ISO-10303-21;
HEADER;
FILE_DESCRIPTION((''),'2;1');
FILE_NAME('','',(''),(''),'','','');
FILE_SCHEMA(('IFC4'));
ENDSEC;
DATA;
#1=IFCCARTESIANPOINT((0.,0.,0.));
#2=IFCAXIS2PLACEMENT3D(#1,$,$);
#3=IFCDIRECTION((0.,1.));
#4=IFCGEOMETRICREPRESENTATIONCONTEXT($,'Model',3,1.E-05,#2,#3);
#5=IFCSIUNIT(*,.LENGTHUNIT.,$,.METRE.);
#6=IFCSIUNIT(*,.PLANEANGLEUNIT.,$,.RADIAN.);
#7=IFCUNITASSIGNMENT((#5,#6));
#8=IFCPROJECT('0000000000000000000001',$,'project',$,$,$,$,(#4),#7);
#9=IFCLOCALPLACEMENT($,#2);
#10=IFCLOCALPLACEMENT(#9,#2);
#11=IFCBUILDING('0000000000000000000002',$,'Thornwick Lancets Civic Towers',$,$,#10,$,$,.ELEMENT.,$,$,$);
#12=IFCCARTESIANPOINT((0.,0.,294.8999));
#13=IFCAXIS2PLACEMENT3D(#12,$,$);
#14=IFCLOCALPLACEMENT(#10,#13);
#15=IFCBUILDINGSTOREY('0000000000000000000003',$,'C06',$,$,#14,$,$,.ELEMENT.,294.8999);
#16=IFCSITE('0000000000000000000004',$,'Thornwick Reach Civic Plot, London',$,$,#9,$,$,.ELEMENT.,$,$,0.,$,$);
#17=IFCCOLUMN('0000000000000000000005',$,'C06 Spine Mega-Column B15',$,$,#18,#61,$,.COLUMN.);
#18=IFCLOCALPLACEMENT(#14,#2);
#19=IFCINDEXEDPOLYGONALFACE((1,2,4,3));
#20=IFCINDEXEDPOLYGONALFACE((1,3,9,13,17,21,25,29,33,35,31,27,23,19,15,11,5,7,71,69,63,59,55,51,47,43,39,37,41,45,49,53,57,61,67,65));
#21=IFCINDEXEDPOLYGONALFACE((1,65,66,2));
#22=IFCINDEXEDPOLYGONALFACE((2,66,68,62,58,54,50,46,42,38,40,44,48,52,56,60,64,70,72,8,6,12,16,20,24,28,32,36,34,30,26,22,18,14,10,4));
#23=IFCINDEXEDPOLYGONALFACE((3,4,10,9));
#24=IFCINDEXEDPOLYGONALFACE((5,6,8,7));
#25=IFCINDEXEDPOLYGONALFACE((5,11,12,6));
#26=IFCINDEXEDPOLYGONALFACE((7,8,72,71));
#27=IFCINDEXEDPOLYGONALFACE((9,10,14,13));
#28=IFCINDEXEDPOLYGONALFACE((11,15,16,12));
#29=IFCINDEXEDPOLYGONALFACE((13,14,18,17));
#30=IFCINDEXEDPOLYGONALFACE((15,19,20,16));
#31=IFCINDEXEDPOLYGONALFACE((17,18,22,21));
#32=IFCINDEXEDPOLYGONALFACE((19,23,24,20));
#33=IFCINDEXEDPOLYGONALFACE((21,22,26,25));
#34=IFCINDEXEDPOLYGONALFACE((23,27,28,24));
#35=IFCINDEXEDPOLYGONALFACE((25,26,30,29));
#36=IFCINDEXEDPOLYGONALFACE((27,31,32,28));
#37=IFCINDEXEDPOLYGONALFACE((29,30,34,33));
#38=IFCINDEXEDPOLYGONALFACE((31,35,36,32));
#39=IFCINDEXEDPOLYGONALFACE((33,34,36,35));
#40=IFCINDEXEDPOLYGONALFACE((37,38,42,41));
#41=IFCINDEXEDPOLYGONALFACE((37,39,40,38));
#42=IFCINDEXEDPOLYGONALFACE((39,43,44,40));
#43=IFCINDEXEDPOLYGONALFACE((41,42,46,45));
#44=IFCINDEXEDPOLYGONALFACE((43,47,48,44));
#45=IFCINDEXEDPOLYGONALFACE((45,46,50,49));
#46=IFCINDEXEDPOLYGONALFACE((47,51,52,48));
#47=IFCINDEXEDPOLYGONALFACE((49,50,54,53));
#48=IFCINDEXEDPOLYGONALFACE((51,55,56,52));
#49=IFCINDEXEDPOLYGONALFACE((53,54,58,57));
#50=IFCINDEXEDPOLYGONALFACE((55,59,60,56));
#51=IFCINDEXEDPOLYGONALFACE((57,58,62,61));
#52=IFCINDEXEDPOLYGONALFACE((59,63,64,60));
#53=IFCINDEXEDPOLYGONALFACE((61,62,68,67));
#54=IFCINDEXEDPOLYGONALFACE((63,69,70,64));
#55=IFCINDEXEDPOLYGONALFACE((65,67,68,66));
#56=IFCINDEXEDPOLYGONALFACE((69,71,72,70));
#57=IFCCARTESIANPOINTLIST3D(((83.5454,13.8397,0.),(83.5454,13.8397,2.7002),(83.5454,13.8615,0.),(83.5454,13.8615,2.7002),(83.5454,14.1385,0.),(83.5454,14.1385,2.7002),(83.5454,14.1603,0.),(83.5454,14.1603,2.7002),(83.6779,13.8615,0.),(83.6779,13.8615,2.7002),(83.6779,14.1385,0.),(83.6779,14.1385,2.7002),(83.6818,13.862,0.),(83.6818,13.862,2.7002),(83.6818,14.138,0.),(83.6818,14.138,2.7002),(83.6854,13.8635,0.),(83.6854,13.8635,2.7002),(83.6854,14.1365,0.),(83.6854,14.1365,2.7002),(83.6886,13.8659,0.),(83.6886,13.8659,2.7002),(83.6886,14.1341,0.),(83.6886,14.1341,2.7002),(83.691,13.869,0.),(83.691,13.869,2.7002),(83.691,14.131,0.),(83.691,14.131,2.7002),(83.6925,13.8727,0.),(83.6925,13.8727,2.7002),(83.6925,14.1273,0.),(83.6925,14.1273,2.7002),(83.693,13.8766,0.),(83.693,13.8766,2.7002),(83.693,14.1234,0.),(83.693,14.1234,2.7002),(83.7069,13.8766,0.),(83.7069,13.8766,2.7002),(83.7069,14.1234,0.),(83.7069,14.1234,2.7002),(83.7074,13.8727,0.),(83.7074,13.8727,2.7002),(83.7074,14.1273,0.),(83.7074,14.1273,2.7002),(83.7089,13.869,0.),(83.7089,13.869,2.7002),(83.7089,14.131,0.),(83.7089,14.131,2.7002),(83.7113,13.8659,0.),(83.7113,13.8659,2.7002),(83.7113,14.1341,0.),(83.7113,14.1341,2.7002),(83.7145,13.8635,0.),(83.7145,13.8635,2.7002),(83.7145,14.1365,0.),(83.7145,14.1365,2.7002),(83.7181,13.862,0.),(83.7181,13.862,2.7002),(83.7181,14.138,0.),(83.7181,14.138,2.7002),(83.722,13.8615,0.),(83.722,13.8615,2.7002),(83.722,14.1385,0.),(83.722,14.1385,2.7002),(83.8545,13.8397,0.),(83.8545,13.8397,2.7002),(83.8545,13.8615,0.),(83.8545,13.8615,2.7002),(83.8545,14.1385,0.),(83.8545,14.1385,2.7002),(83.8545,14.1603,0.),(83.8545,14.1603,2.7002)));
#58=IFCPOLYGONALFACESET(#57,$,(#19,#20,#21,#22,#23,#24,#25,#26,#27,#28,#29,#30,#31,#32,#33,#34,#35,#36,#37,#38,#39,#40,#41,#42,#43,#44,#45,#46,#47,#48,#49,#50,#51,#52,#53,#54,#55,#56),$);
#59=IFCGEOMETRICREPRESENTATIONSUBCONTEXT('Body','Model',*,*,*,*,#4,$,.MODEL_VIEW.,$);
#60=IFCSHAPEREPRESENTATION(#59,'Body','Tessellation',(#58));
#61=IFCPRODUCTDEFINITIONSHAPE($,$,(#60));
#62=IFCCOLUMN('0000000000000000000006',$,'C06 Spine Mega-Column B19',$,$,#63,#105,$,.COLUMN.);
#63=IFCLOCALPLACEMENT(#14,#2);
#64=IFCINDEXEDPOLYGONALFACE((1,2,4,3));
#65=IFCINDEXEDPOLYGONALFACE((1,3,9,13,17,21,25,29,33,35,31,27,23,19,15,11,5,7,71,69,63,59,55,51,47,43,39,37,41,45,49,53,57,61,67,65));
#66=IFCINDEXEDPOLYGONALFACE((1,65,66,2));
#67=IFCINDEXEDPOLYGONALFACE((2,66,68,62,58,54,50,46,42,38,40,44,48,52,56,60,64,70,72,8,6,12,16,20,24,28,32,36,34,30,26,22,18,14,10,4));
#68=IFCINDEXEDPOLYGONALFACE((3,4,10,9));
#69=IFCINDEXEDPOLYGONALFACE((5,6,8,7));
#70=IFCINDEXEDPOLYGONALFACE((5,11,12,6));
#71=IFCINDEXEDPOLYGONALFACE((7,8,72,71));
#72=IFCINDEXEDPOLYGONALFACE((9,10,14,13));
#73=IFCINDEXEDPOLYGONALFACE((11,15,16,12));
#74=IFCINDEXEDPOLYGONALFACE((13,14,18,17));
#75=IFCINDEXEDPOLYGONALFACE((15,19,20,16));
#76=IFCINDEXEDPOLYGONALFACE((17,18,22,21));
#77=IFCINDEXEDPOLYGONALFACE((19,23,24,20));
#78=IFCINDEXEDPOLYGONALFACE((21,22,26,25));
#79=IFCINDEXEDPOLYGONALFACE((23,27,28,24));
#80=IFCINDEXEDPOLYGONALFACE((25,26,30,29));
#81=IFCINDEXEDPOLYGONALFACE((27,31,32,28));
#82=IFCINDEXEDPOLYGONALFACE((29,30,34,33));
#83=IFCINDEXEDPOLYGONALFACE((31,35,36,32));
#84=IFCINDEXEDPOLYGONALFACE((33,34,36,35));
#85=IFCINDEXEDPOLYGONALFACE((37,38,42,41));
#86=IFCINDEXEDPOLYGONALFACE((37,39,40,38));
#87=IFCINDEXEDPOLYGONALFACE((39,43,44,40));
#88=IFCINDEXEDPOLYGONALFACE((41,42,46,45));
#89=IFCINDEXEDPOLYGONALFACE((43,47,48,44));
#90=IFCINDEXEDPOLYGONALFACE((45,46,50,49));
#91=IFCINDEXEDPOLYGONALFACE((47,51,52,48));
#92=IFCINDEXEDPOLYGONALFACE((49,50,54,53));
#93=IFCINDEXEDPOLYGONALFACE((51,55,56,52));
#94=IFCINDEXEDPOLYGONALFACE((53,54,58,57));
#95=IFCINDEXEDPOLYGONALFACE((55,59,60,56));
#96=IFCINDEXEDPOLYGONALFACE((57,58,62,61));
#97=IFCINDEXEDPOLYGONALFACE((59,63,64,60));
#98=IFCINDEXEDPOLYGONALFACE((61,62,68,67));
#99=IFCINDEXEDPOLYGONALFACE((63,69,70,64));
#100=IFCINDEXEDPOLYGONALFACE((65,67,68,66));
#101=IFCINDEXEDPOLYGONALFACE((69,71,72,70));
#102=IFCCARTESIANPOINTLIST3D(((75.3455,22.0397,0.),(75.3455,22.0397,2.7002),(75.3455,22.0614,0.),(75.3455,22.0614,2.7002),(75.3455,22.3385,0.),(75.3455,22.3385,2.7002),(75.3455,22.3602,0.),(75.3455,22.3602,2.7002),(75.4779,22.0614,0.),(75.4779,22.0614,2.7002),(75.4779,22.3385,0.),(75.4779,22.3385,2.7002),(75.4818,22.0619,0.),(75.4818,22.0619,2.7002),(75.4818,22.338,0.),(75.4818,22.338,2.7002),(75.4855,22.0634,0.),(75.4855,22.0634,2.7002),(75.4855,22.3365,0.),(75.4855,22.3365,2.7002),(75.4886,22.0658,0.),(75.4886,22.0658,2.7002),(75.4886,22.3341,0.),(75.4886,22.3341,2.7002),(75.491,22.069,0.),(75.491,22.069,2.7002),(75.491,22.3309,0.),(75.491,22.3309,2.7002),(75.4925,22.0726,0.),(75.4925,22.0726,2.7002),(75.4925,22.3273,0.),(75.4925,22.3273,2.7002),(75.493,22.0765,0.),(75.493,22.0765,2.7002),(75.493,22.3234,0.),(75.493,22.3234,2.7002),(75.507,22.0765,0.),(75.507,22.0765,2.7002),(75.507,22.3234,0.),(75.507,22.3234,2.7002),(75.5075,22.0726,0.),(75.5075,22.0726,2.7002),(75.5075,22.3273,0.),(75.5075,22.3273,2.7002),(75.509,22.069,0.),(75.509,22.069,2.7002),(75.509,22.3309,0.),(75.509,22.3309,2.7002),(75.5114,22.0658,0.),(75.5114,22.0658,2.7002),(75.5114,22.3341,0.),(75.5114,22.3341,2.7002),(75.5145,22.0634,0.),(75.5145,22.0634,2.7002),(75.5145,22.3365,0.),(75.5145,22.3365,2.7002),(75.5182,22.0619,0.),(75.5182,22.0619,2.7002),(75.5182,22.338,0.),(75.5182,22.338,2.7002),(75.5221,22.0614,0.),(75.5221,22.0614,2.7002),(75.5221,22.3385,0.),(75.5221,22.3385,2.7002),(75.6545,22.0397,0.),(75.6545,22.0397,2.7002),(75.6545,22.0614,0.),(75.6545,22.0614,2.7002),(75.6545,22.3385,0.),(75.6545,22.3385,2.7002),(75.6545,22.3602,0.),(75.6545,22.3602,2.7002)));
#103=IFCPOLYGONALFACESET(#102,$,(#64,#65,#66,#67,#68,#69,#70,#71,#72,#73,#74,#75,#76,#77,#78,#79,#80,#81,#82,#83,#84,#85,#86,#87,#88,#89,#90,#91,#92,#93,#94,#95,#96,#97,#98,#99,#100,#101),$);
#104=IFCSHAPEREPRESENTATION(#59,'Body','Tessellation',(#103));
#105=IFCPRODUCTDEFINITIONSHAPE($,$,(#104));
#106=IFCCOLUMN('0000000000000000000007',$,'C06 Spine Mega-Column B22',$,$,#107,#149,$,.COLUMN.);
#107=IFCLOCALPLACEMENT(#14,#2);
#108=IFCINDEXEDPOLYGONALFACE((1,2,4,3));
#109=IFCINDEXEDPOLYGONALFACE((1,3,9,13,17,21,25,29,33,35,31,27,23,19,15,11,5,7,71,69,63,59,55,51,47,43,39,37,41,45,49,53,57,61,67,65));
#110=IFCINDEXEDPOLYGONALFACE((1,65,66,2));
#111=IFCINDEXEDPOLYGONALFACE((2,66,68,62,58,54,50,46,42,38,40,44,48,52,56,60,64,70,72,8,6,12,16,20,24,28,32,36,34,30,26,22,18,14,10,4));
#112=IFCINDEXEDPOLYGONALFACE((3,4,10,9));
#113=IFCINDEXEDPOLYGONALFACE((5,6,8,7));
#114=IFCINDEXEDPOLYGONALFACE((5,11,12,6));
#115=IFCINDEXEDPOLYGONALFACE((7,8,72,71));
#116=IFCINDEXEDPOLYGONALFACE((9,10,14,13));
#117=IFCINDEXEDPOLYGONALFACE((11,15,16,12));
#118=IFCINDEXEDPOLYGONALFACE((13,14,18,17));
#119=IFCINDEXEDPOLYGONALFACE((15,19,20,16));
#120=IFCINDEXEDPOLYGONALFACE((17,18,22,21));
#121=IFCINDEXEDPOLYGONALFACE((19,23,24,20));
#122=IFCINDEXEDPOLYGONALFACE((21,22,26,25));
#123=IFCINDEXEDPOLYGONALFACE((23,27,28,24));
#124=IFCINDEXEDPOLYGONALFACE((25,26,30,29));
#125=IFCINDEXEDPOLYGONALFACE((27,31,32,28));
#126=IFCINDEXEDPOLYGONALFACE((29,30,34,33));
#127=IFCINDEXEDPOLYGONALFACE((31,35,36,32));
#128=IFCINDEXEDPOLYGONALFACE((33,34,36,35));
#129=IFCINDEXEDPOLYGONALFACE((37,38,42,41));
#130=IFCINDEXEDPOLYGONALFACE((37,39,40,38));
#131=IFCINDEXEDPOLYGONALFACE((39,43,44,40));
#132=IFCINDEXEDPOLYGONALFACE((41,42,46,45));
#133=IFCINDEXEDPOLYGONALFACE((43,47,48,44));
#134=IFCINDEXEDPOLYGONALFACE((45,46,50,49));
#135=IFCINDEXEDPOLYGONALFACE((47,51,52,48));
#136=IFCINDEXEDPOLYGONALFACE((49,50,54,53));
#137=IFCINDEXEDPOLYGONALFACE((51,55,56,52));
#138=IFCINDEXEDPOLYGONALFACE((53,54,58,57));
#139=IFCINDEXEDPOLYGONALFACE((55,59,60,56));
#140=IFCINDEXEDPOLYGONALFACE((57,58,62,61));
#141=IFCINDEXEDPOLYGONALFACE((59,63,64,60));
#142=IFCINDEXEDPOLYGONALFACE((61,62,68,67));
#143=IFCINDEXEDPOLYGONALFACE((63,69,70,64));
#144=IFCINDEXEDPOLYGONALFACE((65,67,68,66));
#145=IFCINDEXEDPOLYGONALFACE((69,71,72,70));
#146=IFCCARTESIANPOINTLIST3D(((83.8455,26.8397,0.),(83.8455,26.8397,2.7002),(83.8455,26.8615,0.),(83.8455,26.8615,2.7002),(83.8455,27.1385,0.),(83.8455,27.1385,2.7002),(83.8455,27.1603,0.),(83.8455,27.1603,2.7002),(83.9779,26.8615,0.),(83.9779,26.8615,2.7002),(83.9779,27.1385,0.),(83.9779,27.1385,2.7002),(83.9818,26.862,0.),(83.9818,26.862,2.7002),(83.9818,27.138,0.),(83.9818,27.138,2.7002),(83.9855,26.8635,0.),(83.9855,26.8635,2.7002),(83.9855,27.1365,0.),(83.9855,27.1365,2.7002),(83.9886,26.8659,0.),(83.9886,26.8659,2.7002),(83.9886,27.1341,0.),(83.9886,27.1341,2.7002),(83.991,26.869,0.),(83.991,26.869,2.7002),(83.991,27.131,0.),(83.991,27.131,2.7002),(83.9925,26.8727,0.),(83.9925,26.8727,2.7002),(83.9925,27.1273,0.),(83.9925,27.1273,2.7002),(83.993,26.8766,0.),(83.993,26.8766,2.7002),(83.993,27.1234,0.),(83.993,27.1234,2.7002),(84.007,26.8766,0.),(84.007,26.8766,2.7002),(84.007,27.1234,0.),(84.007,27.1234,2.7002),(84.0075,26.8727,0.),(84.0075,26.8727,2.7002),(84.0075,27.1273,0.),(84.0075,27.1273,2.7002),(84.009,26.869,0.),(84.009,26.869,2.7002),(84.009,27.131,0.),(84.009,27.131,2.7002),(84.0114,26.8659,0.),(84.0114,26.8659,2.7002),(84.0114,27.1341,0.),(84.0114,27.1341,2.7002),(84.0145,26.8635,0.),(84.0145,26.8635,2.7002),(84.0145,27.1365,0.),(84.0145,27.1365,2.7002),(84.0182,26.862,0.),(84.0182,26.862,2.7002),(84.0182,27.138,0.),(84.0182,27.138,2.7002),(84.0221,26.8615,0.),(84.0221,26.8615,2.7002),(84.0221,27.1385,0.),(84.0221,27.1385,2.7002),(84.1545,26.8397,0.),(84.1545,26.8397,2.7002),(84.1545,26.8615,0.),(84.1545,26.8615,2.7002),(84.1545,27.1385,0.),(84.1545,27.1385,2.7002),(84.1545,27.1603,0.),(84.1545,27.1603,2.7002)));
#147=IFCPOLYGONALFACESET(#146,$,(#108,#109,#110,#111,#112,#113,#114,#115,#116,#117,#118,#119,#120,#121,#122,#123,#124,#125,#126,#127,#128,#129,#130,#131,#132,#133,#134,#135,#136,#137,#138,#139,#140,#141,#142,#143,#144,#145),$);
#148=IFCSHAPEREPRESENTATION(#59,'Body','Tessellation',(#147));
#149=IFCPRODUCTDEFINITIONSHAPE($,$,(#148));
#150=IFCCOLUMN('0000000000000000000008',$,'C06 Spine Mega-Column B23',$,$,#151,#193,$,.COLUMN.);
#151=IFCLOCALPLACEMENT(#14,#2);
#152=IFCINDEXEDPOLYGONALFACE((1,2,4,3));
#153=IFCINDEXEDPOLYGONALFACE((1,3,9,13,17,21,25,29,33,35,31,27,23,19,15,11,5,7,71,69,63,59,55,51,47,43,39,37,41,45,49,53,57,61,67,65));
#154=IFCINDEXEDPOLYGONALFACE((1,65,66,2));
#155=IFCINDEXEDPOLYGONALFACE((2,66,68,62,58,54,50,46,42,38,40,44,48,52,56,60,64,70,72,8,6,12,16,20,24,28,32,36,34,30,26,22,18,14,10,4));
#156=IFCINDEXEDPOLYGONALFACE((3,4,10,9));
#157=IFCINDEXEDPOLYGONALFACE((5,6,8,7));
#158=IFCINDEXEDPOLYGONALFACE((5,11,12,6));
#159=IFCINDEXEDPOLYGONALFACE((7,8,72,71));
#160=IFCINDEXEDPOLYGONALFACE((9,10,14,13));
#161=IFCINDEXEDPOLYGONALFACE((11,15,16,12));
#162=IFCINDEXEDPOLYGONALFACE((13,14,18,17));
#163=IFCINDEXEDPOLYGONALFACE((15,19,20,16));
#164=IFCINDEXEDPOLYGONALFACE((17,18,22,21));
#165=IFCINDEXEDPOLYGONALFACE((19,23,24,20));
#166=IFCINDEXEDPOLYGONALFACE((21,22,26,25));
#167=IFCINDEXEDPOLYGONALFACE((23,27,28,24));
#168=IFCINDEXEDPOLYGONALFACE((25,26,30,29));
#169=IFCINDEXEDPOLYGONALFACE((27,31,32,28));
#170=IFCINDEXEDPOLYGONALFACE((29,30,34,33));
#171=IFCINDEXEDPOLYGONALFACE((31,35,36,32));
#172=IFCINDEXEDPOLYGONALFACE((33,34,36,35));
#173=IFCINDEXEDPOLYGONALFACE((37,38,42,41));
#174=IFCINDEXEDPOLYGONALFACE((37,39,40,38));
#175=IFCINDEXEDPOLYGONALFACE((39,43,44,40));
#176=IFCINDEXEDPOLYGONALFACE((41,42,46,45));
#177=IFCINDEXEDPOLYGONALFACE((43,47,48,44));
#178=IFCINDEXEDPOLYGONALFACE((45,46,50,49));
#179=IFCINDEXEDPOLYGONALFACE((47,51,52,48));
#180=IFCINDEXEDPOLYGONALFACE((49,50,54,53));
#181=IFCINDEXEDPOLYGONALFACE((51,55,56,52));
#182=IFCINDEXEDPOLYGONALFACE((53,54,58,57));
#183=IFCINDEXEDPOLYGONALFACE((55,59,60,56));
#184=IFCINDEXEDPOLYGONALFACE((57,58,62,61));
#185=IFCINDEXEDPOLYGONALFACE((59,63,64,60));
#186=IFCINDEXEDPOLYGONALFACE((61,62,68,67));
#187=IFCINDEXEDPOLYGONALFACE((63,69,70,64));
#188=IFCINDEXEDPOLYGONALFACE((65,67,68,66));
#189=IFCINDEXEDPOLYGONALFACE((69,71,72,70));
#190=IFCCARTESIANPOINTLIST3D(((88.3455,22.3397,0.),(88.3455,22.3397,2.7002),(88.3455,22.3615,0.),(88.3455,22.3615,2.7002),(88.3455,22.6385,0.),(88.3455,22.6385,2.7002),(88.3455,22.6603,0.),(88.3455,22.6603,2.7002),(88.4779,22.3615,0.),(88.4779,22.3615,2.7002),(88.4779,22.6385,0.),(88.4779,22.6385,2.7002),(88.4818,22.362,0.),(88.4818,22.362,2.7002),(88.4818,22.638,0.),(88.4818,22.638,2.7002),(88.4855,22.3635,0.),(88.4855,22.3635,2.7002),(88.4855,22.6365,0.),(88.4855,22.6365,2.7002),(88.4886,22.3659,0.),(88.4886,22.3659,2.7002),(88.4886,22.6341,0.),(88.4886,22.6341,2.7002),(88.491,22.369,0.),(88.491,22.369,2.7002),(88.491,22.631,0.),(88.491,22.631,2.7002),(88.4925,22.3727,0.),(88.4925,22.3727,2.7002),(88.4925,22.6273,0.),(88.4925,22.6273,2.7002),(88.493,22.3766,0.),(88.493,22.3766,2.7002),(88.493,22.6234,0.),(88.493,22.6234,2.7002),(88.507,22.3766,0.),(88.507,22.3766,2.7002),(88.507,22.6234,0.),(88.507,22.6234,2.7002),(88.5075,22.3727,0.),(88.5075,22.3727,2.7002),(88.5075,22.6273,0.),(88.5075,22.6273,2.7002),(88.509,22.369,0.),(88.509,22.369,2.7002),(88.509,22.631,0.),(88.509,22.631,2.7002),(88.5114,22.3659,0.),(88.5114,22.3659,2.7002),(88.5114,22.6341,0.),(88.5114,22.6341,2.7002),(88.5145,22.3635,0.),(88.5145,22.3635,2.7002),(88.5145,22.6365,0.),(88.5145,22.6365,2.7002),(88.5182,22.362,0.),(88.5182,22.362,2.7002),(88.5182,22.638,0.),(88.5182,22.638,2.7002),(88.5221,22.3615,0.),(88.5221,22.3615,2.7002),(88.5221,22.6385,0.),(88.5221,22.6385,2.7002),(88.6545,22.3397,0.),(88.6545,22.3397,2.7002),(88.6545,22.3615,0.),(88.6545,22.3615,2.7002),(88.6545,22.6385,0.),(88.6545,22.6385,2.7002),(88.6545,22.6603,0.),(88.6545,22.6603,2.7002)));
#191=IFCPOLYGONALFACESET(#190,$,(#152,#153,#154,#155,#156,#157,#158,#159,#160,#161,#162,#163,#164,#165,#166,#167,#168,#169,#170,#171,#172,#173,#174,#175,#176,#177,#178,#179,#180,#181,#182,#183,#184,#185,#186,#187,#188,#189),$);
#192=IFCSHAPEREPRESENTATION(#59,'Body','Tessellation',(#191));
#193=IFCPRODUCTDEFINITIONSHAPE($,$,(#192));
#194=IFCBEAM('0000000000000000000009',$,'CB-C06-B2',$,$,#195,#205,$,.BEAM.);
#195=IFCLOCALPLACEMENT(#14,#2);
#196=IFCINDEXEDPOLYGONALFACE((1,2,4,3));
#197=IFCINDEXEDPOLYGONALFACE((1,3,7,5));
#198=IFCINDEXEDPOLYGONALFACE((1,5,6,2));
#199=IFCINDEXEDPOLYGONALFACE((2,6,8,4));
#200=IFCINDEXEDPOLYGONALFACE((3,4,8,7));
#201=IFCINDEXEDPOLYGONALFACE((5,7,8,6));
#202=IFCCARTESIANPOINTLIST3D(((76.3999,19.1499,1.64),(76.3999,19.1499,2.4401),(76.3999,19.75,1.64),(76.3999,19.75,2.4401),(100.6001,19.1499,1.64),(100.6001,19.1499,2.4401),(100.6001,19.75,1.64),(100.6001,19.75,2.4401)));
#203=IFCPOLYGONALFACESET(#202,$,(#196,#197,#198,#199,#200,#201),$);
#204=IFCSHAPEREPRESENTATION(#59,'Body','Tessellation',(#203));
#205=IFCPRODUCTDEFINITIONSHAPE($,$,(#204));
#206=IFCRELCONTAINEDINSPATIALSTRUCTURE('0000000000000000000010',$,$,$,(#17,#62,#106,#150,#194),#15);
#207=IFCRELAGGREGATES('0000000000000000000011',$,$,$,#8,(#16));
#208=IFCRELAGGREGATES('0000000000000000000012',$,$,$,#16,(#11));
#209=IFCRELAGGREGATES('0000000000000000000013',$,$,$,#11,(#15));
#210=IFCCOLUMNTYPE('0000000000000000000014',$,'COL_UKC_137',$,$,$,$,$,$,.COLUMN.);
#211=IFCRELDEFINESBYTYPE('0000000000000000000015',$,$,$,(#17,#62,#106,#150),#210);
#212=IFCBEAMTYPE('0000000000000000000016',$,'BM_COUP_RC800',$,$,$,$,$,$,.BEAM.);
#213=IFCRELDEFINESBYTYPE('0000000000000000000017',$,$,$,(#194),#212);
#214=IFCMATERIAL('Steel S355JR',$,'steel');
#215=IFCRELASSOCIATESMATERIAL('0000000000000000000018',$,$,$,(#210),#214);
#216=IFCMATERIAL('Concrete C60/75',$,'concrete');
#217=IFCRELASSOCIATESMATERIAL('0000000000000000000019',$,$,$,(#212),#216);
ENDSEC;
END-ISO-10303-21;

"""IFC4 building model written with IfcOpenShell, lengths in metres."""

from ifc_helpers import new_model, si_unit, direction, frame, origin, origin_2d, place, context, subcontext, project, spatial, rectangle, i_section, extrude, material, material_profile, profile_set, type_object, element, save


model = new_model("IFC4")

# Units and contexts
model_context = context("Model", 3, precision=1e-05, world=origin(), true_north=direction((0.0, 1.0)))
body_context = subcontext(model_context, "Body", "Model", "MODEL_VIEW")
ifc_project = project(units=[si_unit("LENGTHUNIT", "METRE"), si_unit("PLANEANGLEUNIT", "RADIAN")], contexts=[model_context])

# Site, building, storey
site_placement = place(None, origin())
site = spatial("IfcSite", under=ifc_project, at=site_placement, Name="Thornwick Reach Civic Plot, London", CompositionType="ELEMENT", RefElevation=0.0)
building_placement = place(site_placement, origin())
building = spatial("IfcBuilding", under=site, at=building_placement, Name="Thornwick Lancets Civic Towers", CompositionType="ELEMENT")
storey_placement = place(building_placement, frame((0.0, 0.0, 294.8999)))
storey = spatial("IfcBuildingStorey", under=building, at=storey_placement, Name="C06", CompositionType="ELEMENT", Elevation=294.8999)

# Columns
ifc_material_1 = material(Name="Steel S355JR", Category="steel")
ifc_material_profile_1 = material_profile(ifc_material_1, i_section(OverallWidth=0.3091, OverallDepth=0.3206, WebThickness=0.0139, FlangeThickness=0.0217, FilletRadius=0.0151, at=origin_2d()), Name="UKC 305x305x137")
ifc_profile_set_1 = profile_set([ifc_material_profile_1], Name="Steel S355JR")
column_type = type_object("IfcColumnType", Name="COL_UKC_137", PredefinedType="COLUMN", material=ifc_profile_set_1)
for number, where, z_axis, x_axis, name in (
    (1, (83.7, 14.0, 0.0), (0.0, 0.0, 1.0), (1.0, 0.0, 0.0), "C06 Spine Mega-Column B15"),
    (2, (75.5, 22.2, 0.0), (0.0, 0.0, 1.0), (1.0, 0.0, 0.0), "C06 Spine Mega-Column B19"),
    (3, (84.0, 27.0, 0.0), (0.0, 0.0, 1.0), (1.0, 0.0, 0.0), "C06 Spine Mega-Column B22"),
    (4, (88.5, 22.5, 0.0), (0.0, 0.0, 1.0), (1.0, 0.0, 0.0), "C06 Spine Mega-Column B23"),
):
    element("IfcColumn", number, at=place(storey_placement, frame(where, z_axis=z_axis, x_axis=x_axis)), inside=storey, type_object=column_type, Name=name, PredefinedType="COLUMN", context=body_context, shape_type="SweptSolid", body=[
        extrude(i_section(OverallWidth=0.3091, OverallDepth=0.3206, WebThickness=0.0139, FlangeThickness=0.0217, FilletRadius=0.0151, at=origin_2d()), origin(), (0.0, 0.0, 1.0), 2.7002),
    ])

# Beam
ifc_material_2 = material(Name="Concrete C60/75", Category="concrete")
ifc_material_profile_2 = material_profile(ifc_material_2, rectangle(XDim=0.6001, YDim=0.8, at=origin_2d()), Name="RC 600x800")
ifc_profile_set_2 = profile_set([ifc_material_profile_2], Name="Concrete C60/75")
beam_type_1 = type_object("IfcBeamType", Name="BM_COUP_RC800", PredefinedType="BEAM", material=ifc_profile_set_2)
beam_1_placement = place(storey_placement, frame((76.3999, 19.45, 2.04), z_axis=(1.0, 0.0, 0.0), x_axis=(0.0, 1.0, 0.0)))
element("IfcBeam", 5, at=beam_1_placement, inside=storey, type_object=beam_type_1, Name="CB-C06-B2", PredefinedType="BEAM", context=body_context, shape_type="SweptSolid", body=[
    extrude(rectangle(XDim=0.6001, YDim=0.8, at=origin_2d()), origin(), (0.0, 0.0, 1.0), 24.2002),
])

save(model, "model.ifc")
